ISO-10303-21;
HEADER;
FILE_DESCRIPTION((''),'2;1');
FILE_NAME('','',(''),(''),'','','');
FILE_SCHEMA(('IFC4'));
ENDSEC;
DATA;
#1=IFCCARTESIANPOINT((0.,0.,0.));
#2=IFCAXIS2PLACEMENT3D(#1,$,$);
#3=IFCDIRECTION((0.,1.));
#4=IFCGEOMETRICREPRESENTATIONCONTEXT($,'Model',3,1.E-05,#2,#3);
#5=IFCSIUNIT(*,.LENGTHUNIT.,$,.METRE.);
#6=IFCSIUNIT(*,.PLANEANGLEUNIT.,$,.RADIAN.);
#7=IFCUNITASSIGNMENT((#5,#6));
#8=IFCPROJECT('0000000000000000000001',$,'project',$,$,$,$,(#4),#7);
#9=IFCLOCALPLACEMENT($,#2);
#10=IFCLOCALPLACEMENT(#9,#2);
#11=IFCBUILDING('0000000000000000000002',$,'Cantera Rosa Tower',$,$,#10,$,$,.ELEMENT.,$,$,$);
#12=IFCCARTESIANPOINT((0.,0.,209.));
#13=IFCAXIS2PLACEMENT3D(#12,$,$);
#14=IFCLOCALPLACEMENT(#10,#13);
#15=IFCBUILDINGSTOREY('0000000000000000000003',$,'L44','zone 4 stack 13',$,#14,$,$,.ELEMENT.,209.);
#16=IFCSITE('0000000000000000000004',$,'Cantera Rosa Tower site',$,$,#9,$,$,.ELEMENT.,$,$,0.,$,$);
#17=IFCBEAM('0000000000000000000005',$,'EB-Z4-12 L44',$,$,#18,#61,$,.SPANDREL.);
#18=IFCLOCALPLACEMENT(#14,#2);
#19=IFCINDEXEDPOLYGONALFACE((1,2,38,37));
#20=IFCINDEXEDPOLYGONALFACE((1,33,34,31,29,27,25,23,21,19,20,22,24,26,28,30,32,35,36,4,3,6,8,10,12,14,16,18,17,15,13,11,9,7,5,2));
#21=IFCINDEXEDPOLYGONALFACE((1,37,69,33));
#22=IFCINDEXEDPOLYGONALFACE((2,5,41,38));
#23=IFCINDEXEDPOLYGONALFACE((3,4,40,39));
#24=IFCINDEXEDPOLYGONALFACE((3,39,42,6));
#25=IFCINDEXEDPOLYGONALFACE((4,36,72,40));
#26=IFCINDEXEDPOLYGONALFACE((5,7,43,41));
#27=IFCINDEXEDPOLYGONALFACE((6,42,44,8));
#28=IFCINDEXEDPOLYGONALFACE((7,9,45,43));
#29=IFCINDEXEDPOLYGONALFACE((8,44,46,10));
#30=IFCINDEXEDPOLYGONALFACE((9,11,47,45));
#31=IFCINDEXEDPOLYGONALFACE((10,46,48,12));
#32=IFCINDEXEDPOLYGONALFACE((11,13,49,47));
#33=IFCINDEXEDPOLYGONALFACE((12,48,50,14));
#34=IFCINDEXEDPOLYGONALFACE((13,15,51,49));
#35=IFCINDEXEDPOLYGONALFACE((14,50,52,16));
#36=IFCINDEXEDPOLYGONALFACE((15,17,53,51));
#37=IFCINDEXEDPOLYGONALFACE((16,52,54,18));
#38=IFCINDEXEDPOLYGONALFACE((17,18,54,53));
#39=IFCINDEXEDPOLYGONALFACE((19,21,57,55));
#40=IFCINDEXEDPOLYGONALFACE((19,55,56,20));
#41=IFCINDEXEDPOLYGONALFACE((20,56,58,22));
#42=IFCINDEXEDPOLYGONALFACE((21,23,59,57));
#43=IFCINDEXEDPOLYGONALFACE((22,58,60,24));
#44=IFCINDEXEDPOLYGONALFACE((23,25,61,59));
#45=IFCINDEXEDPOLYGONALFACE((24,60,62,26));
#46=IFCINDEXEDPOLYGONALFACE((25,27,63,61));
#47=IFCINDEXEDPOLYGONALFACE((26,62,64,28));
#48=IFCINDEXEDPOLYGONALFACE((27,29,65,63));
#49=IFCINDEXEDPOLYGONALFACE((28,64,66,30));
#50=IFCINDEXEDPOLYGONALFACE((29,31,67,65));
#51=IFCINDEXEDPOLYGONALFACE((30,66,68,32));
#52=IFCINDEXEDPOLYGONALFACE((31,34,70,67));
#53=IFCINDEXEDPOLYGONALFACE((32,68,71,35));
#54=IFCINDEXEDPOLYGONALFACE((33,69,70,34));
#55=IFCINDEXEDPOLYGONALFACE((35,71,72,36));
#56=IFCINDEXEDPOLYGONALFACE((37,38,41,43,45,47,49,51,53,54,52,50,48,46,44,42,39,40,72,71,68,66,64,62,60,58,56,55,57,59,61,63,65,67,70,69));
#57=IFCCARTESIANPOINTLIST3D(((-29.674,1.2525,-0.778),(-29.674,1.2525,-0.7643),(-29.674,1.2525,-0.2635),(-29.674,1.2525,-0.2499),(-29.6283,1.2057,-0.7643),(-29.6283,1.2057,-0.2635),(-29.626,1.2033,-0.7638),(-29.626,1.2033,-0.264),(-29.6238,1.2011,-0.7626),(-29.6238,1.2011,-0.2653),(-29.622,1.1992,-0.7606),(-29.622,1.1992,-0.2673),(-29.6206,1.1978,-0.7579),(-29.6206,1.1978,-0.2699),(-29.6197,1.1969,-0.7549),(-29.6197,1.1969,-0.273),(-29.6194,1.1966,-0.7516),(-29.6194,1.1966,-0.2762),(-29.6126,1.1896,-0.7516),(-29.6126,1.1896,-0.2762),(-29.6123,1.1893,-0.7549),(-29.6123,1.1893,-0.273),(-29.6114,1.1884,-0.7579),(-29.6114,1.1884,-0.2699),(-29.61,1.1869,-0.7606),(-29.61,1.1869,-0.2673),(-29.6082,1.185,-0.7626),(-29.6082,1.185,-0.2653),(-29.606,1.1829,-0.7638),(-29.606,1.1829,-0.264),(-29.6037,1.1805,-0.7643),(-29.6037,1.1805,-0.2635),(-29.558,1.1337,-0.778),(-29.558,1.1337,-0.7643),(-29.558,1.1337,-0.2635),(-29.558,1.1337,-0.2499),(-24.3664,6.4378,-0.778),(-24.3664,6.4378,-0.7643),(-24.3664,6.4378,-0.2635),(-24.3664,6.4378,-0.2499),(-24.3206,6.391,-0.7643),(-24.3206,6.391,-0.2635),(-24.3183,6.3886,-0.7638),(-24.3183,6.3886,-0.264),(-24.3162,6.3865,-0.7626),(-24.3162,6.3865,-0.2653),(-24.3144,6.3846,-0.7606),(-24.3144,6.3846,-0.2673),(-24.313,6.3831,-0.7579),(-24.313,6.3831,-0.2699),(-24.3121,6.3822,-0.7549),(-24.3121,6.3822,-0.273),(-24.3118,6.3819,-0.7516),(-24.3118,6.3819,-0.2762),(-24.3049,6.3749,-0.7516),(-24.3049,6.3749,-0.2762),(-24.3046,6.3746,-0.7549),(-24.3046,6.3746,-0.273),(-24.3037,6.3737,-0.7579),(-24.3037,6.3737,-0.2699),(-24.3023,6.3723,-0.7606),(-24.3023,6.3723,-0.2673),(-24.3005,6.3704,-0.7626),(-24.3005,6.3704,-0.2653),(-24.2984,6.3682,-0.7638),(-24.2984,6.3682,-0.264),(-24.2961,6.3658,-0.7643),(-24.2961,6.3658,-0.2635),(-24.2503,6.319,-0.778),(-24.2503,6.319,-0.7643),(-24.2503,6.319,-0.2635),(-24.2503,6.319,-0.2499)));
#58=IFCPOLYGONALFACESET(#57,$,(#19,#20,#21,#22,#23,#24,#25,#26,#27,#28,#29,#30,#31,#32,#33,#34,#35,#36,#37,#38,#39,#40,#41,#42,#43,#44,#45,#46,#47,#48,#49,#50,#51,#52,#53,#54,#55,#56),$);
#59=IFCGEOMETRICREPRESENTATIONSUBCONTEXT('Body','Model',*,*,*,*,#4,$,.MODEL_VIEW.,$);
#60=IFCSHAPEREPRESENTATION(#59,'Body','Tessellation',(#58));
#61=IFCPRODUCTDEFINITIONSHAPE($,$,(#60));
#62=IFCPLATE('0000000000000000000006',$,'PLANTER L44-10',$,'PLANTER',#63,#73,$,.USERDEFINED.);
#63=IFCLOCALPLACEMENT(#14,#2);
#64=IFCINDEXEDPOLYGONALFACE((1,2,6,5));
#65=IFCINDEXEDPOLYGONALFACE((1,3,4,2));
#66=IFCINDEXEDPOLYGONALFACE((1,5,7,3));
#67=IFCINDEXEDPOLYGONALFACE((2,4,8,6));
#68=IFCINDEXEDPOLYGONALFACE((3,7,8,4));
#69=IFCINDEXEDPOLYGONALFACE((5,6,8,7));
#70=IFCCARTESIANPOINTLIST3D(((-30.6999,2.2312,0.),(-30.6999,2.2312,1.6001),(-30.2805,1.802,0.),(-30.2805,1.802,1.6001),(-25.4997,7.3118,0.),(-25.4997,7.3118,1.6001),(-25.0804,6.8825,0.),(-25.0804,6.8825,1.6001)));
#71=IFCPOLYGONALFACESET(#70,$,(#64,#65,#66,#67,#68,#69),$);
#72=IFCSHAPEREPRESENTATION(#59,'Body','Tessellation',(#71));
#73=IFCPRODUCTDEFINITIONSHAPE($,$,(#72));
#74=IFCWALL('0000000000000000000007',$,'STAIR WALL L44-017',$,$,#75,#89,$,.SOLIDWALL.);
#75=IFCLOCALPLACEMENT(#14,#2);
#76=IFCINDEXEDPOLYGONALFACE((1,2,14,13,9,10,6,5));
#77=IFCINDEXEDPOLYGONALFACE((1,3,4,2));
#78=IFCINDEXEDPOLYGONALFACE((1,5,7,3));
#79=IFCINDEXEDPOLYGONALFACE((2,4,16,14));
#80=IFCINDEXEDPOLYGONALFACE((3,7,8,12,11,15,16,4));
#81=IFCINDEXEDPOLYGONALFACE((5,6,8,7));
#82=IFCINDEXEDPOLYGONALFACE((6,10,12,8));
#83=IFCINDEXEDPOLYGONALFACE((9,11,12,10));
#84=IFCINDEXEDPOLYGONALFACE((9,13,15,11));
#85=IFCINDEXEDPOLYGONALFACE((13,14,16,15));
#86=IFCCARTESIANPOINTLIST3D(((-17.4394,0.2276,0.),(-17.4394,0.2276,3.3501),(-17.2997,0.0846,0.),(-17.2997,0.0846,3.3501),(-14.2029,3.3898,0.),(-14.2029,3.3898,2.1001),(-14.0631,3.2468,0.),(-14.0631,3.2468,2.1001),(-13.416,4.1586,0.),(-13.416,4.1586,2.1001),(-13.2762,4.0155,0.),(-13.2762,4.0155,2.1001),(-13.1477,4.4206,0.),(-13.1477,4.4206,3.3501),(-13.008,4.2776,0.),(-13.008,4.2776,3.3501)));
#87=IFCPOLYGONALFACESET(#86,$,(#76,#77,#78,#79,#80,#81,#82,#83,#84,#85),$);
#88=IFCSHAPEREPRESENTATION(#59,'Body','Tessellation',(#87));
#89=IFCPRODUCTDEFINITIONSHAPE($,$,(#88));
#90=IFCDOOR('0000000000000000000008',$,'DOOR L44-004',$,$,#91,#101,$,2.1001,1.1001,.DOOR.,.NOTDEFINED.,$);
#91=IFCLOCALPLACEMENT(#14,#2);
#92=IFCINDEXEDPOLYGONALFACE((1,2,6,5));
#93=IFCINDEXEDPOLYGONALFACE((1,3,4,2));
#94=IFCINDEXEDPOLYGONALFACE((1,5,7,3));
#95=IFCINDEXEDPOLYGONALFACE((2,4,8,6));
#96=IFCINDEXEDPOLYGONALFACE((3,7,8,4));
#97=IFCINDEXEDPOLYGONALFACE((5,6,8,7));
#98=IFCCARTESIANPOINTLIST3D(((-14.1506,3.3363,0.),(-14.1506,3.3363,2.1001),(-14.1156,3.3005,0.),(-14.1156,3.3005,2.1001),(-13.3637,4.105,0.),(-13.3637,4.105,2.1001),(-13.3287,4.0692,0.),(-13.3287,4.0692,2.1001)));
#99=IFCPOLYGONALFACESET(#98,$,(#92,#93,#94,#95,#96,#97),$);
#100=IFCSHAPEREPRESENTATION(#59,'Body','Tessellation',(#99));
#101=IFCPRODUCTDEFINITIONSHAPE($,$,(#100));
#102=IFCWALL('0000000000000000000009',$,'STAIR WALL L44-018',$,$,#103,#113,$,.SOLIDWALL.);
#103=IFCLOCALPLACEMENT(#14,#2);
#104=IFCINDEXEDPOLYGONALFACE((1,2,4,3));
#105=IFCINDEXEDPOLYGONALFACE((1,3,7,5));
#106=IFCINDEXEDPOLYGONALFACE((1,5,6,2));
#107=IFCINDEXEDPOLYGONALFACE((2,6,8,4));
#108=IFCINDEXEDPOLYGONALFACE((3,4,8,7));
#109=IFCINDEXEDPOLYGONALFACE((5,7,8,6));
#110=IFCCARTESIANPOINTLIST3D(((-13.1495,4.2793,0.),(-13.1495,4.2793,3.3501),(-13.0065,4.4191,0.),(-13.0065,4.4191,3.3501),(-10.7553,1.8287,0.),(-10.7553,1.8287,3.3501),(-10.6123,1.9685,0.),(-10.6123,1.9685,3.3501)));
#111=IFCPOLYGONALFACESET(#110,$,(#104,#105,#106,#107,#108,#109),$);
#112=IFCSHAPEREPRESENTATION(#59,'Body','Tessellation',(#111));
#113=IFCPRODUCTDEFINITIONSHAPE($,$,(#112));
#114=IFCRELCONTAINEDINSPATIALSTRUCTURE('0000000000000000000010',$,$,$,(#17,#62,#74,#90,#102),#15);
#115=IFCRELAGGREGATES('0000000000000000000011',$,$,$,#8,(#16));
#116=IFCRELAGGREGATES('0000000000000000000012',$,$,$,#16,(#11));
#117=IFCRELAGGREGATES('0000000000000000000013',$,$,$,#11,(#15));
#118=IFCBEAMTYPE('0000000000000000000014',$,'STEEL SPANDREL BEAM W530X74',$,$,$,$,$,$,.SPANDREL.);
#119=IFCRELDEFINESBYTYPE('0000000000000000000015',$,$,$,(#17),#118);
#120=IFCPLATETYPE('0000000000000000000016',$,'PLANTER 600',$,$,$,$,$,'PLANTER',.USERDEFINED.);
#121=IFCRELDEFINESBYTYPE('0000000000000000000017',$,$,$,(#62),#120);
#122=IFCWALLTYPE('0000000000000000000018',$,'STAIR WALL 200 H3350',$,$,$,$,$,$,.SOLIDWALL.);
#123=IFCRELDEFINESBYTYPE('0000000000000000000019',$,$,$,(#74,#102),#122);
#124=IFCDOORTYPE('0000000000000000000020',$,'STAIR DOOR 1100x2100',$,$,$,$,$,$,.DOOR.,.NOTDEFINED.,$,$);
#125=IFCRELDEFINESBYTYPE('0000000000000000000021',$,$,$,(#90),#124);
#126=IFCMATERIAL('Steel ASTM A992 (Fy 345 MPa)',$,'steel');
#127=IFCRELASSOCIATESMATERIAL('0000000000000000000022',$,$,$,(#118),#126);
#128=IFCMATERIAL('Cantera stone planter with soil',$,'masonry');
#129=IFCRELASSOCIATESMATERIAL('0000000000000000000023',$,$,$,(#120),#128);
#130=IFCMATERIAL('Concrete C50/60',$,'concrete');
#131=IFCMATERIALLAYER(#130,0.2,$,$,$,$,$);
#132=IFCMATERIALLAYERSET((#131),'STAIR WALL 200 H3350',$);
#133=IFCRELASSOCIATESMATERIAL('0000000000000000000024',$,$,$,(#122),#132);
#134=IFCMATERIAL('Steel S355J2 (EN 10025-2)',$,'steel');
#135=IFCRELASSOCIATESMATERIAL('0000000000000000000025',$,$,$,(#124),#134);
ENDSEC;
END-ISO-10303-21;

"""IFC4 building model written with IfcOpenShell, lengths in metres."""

from ifc_helpers import new_model, si_unit, direction, frame, frame_2d, origin, origin_2d, place, context, subcontext, project, spatial, rectangle, i_section, extrude, material, layer, layer_set, material_profile, profile_set, type_object, element, fill, save


model = new_model("IFC4")

# Units and contexts
model_context = context("Model", 3, precision=1e-05, world=origin(), true_north=direction((0.0, 1.0)))
body_context = subcontext(model_context, "Body", "Model", "MODEL_VIEW")
ifc_project = project(units=[si_unit("LENGTHUNIT", "METRE"), si_unit("PLANEANGLEUNIT", "RADIAN")], contexts=[model_context])

# Site, building, storey
site_placement = place(None, origin())
site = spatial("IfcSite", under=ifc_project, at=site_placement, Name="Cantera Rosa Tower site", CompositionType="ELEMENT", RefElevation=0.0)
building_placement = place(site_placement, origin())
building = spatial("IfcBuilding", under=site, at=building_placement, Name="Cantera Rosa Tower", CompositionType="ELEMENT")
storey_placement = place(building_placement, frame((0.0, 0.0, 209.0)))
storey = spatial("IfcBuildingStorey", under=building, at=storey_placement, Name="L44", Description="zone 4 stack 13", CompositionType="ELEMENT", Elevation=209.0)

# Beam
ifc_material_1 = material(Name="Steel ASTM A992 (Fy 345 MPa)", Category="steel")
ifc_material_profile_1 = material_profile(ifc_material_1, i_section(OverallWidth=0.166, OverallDepth=0.5281, WebThickness=0.0098, FlangeThickness=0.0137, FilletRadius=0.0127, at=origin_2d()), Name="W530X74")
ifc_profile_set_1 = profile_set([ifc_material_profile_1], Name="Steel ASTM A992 (Fy 345 MPa)")
beam_type_1 = type_object("IfcBeamType", Name="STEEL SPANDREL BEAM W530X74", PredefinedType="SPANDREL", material=ifc_profile_set_1)
beam_1_placement = place(storey_placement, frame((-24.3083, 6.3784, -0.5139), z_axis=(-0.715301, -0.698817, 0.0), x_axis=(0.698817, -0.715301, 0.0)))
element("IfcBeam", 1, at=beam_1_placement, inside=storey, type_object=beam_type_1, Name="EB-Z4-12 L44", PredefinedType="SPANDREL", context=body_context, shape_type="SweptSolid", body=[
    extrude(i_section(OverallWidth=0.166, OverallDepth=0.5281, WebThickness=0.0098, FlangeThickness=0.0137, FilletRadius=0.0127, at=origin_2d()), origin(), (0.0, 0.0, 1.0), 7.4202),
])

# Plate
ifc_material_2 = material(Name="Cantera stone planter with soil", Category="masonry")
plate_type = type_object("IfcPlateType", Name="PLANTER 600", ElementType="PLANTER", PredefinedType="USERDEFINED", material=ifc_material_2)
plate_placement = place(storey_placement, frame((-27.8901, 4.5569, 0.0), z_axis=(0.0, 0.0, 1.0), x_axis=(-0.715286, -0.698832, 0.0)))
element("IfcPlate", 2, at=plate_placement, inside=storey, type_object=plate_type, Name="PLANTER L44-10", ObjectType="PLANTER", PredefinedType="USERDEFINED", context=body_context, shape_type="SweptSolid", body=[
    extrude(rectangle(XDim=7.27, YDim=0.6001, at=origin_2d()), origin(), (0.0, 0.0, 1.0), 1.6001),
])

# Wall, opening, door
ifc_material_3 = material(Name="Concrete C50/60", Category="concrete")
ifc_layer_1 = layer(ifc_material_3, 0.2)
ifc_layer_set_1 = layer_set([ifc_layer_1], Name="STAIR WALL 200 H3350")
wall_type_1 = type_object("IfcWallType", Name="STAIR WALL 200 H3350", PredefinedType="SOLIDWALL", material=ifc_layer_set_1)
wall_1_placement = place(storey_placement, frame((-13.0779, 4.3491, 0.0), z_axis=(0.0, 0.0, 1.0), x_axis=(-0.715278, -0.69884, 0.0)))
wall_1 = element("IfcWall", 3, at=wall_1_placement, inside=storey, type_object=wall_type_1, Name="STAIR WALL L44-017", PredefinedType="SOLIDWALL", context=body_context, shape_type="SweptSolid", body=[
    extrude(rectangle(XDim=6.0, YDim=0.2, at=frame_2d((3.0, 0.0))), origin(), (0.0, 0.0, 1.0), 3.3501),
])
opening_1_placement = place(wall_1_placement, frame((0.375, 0.0, 0.0)))
opening_1 = element("IfcOpeningElement", 4, at=opening_1_placement, cuts=wall_1, PredefinedType="OPENING", context=body_context, shape_type="SweptSolid", body=[
    extrude(rectangle(XDim=1.1001, YDim=2.1001, at=frame_2d((0.55, 1.05))), frame((0.0, 0.1099, 0.0), z_axis=(0.0, -1.0, 0.0), x_axis=(1.0, 0.0, 0.0)), (0.0, 0.0, 1.0), 0.22),
])
ifc_material_4 = material(Name="Steel S355J2 (EN 10025-2)", Category="steel")
door_type_1 = type_object("IfcDoorType", Name="STAIR DOOR 1100x2100", OperationType="NOTDEFINED", PredefinedType="DOOR", material=ifc_material_4)
door_1_placement = place(opening_1_placement, origin())
door_1 = element("IfcDoor", 5, at=door_1_placement, inside=storey, type_object=door_type_1, Name="DOOR L44-004", OperationType="NOTDEFINED", OverallHeight=2.1001, OverallWidth=1.1001, PredefinedType="DOOR", context=body_context, shape_type="SweptSolid", body=[
    extrude(rectangle(XDim=1.1001, YDim=2.1001, at=frame_2d((0.55, 1.05))), frame((0.0, 0.0249, 0.0), z_axis=(0.0, -1.0, 0.0), x_axis=(1.0, 0.0, 0.0)), (0.0, 0.0, 1.0), 0.05),
])
fill(opening_1, door_1)

# Wall
wall_2_placement = place(storey_placement, frame((-13.0779, 4.3491, 0.0), z_axis=(0.0, 0.0, 1.0), x_axis=(0.698829, -0.715289, 0.0)))
element("IfcWall", 6, at=wall_2_placement, inside=storey, type_object=wall_type_1, Name="STAIR WALL L44-018", PredefinedType="SOLIDWALL", context=body_context, shape_type="SweptSolid", body=[
    extrude(rectangle(XDim=3.426, YDim=0.2, at=frame_2d((1.7129, 0.0))), origin(), (0.0, 0.0, 1.0), 3.3501),
])

save(model, "model.ifc")
